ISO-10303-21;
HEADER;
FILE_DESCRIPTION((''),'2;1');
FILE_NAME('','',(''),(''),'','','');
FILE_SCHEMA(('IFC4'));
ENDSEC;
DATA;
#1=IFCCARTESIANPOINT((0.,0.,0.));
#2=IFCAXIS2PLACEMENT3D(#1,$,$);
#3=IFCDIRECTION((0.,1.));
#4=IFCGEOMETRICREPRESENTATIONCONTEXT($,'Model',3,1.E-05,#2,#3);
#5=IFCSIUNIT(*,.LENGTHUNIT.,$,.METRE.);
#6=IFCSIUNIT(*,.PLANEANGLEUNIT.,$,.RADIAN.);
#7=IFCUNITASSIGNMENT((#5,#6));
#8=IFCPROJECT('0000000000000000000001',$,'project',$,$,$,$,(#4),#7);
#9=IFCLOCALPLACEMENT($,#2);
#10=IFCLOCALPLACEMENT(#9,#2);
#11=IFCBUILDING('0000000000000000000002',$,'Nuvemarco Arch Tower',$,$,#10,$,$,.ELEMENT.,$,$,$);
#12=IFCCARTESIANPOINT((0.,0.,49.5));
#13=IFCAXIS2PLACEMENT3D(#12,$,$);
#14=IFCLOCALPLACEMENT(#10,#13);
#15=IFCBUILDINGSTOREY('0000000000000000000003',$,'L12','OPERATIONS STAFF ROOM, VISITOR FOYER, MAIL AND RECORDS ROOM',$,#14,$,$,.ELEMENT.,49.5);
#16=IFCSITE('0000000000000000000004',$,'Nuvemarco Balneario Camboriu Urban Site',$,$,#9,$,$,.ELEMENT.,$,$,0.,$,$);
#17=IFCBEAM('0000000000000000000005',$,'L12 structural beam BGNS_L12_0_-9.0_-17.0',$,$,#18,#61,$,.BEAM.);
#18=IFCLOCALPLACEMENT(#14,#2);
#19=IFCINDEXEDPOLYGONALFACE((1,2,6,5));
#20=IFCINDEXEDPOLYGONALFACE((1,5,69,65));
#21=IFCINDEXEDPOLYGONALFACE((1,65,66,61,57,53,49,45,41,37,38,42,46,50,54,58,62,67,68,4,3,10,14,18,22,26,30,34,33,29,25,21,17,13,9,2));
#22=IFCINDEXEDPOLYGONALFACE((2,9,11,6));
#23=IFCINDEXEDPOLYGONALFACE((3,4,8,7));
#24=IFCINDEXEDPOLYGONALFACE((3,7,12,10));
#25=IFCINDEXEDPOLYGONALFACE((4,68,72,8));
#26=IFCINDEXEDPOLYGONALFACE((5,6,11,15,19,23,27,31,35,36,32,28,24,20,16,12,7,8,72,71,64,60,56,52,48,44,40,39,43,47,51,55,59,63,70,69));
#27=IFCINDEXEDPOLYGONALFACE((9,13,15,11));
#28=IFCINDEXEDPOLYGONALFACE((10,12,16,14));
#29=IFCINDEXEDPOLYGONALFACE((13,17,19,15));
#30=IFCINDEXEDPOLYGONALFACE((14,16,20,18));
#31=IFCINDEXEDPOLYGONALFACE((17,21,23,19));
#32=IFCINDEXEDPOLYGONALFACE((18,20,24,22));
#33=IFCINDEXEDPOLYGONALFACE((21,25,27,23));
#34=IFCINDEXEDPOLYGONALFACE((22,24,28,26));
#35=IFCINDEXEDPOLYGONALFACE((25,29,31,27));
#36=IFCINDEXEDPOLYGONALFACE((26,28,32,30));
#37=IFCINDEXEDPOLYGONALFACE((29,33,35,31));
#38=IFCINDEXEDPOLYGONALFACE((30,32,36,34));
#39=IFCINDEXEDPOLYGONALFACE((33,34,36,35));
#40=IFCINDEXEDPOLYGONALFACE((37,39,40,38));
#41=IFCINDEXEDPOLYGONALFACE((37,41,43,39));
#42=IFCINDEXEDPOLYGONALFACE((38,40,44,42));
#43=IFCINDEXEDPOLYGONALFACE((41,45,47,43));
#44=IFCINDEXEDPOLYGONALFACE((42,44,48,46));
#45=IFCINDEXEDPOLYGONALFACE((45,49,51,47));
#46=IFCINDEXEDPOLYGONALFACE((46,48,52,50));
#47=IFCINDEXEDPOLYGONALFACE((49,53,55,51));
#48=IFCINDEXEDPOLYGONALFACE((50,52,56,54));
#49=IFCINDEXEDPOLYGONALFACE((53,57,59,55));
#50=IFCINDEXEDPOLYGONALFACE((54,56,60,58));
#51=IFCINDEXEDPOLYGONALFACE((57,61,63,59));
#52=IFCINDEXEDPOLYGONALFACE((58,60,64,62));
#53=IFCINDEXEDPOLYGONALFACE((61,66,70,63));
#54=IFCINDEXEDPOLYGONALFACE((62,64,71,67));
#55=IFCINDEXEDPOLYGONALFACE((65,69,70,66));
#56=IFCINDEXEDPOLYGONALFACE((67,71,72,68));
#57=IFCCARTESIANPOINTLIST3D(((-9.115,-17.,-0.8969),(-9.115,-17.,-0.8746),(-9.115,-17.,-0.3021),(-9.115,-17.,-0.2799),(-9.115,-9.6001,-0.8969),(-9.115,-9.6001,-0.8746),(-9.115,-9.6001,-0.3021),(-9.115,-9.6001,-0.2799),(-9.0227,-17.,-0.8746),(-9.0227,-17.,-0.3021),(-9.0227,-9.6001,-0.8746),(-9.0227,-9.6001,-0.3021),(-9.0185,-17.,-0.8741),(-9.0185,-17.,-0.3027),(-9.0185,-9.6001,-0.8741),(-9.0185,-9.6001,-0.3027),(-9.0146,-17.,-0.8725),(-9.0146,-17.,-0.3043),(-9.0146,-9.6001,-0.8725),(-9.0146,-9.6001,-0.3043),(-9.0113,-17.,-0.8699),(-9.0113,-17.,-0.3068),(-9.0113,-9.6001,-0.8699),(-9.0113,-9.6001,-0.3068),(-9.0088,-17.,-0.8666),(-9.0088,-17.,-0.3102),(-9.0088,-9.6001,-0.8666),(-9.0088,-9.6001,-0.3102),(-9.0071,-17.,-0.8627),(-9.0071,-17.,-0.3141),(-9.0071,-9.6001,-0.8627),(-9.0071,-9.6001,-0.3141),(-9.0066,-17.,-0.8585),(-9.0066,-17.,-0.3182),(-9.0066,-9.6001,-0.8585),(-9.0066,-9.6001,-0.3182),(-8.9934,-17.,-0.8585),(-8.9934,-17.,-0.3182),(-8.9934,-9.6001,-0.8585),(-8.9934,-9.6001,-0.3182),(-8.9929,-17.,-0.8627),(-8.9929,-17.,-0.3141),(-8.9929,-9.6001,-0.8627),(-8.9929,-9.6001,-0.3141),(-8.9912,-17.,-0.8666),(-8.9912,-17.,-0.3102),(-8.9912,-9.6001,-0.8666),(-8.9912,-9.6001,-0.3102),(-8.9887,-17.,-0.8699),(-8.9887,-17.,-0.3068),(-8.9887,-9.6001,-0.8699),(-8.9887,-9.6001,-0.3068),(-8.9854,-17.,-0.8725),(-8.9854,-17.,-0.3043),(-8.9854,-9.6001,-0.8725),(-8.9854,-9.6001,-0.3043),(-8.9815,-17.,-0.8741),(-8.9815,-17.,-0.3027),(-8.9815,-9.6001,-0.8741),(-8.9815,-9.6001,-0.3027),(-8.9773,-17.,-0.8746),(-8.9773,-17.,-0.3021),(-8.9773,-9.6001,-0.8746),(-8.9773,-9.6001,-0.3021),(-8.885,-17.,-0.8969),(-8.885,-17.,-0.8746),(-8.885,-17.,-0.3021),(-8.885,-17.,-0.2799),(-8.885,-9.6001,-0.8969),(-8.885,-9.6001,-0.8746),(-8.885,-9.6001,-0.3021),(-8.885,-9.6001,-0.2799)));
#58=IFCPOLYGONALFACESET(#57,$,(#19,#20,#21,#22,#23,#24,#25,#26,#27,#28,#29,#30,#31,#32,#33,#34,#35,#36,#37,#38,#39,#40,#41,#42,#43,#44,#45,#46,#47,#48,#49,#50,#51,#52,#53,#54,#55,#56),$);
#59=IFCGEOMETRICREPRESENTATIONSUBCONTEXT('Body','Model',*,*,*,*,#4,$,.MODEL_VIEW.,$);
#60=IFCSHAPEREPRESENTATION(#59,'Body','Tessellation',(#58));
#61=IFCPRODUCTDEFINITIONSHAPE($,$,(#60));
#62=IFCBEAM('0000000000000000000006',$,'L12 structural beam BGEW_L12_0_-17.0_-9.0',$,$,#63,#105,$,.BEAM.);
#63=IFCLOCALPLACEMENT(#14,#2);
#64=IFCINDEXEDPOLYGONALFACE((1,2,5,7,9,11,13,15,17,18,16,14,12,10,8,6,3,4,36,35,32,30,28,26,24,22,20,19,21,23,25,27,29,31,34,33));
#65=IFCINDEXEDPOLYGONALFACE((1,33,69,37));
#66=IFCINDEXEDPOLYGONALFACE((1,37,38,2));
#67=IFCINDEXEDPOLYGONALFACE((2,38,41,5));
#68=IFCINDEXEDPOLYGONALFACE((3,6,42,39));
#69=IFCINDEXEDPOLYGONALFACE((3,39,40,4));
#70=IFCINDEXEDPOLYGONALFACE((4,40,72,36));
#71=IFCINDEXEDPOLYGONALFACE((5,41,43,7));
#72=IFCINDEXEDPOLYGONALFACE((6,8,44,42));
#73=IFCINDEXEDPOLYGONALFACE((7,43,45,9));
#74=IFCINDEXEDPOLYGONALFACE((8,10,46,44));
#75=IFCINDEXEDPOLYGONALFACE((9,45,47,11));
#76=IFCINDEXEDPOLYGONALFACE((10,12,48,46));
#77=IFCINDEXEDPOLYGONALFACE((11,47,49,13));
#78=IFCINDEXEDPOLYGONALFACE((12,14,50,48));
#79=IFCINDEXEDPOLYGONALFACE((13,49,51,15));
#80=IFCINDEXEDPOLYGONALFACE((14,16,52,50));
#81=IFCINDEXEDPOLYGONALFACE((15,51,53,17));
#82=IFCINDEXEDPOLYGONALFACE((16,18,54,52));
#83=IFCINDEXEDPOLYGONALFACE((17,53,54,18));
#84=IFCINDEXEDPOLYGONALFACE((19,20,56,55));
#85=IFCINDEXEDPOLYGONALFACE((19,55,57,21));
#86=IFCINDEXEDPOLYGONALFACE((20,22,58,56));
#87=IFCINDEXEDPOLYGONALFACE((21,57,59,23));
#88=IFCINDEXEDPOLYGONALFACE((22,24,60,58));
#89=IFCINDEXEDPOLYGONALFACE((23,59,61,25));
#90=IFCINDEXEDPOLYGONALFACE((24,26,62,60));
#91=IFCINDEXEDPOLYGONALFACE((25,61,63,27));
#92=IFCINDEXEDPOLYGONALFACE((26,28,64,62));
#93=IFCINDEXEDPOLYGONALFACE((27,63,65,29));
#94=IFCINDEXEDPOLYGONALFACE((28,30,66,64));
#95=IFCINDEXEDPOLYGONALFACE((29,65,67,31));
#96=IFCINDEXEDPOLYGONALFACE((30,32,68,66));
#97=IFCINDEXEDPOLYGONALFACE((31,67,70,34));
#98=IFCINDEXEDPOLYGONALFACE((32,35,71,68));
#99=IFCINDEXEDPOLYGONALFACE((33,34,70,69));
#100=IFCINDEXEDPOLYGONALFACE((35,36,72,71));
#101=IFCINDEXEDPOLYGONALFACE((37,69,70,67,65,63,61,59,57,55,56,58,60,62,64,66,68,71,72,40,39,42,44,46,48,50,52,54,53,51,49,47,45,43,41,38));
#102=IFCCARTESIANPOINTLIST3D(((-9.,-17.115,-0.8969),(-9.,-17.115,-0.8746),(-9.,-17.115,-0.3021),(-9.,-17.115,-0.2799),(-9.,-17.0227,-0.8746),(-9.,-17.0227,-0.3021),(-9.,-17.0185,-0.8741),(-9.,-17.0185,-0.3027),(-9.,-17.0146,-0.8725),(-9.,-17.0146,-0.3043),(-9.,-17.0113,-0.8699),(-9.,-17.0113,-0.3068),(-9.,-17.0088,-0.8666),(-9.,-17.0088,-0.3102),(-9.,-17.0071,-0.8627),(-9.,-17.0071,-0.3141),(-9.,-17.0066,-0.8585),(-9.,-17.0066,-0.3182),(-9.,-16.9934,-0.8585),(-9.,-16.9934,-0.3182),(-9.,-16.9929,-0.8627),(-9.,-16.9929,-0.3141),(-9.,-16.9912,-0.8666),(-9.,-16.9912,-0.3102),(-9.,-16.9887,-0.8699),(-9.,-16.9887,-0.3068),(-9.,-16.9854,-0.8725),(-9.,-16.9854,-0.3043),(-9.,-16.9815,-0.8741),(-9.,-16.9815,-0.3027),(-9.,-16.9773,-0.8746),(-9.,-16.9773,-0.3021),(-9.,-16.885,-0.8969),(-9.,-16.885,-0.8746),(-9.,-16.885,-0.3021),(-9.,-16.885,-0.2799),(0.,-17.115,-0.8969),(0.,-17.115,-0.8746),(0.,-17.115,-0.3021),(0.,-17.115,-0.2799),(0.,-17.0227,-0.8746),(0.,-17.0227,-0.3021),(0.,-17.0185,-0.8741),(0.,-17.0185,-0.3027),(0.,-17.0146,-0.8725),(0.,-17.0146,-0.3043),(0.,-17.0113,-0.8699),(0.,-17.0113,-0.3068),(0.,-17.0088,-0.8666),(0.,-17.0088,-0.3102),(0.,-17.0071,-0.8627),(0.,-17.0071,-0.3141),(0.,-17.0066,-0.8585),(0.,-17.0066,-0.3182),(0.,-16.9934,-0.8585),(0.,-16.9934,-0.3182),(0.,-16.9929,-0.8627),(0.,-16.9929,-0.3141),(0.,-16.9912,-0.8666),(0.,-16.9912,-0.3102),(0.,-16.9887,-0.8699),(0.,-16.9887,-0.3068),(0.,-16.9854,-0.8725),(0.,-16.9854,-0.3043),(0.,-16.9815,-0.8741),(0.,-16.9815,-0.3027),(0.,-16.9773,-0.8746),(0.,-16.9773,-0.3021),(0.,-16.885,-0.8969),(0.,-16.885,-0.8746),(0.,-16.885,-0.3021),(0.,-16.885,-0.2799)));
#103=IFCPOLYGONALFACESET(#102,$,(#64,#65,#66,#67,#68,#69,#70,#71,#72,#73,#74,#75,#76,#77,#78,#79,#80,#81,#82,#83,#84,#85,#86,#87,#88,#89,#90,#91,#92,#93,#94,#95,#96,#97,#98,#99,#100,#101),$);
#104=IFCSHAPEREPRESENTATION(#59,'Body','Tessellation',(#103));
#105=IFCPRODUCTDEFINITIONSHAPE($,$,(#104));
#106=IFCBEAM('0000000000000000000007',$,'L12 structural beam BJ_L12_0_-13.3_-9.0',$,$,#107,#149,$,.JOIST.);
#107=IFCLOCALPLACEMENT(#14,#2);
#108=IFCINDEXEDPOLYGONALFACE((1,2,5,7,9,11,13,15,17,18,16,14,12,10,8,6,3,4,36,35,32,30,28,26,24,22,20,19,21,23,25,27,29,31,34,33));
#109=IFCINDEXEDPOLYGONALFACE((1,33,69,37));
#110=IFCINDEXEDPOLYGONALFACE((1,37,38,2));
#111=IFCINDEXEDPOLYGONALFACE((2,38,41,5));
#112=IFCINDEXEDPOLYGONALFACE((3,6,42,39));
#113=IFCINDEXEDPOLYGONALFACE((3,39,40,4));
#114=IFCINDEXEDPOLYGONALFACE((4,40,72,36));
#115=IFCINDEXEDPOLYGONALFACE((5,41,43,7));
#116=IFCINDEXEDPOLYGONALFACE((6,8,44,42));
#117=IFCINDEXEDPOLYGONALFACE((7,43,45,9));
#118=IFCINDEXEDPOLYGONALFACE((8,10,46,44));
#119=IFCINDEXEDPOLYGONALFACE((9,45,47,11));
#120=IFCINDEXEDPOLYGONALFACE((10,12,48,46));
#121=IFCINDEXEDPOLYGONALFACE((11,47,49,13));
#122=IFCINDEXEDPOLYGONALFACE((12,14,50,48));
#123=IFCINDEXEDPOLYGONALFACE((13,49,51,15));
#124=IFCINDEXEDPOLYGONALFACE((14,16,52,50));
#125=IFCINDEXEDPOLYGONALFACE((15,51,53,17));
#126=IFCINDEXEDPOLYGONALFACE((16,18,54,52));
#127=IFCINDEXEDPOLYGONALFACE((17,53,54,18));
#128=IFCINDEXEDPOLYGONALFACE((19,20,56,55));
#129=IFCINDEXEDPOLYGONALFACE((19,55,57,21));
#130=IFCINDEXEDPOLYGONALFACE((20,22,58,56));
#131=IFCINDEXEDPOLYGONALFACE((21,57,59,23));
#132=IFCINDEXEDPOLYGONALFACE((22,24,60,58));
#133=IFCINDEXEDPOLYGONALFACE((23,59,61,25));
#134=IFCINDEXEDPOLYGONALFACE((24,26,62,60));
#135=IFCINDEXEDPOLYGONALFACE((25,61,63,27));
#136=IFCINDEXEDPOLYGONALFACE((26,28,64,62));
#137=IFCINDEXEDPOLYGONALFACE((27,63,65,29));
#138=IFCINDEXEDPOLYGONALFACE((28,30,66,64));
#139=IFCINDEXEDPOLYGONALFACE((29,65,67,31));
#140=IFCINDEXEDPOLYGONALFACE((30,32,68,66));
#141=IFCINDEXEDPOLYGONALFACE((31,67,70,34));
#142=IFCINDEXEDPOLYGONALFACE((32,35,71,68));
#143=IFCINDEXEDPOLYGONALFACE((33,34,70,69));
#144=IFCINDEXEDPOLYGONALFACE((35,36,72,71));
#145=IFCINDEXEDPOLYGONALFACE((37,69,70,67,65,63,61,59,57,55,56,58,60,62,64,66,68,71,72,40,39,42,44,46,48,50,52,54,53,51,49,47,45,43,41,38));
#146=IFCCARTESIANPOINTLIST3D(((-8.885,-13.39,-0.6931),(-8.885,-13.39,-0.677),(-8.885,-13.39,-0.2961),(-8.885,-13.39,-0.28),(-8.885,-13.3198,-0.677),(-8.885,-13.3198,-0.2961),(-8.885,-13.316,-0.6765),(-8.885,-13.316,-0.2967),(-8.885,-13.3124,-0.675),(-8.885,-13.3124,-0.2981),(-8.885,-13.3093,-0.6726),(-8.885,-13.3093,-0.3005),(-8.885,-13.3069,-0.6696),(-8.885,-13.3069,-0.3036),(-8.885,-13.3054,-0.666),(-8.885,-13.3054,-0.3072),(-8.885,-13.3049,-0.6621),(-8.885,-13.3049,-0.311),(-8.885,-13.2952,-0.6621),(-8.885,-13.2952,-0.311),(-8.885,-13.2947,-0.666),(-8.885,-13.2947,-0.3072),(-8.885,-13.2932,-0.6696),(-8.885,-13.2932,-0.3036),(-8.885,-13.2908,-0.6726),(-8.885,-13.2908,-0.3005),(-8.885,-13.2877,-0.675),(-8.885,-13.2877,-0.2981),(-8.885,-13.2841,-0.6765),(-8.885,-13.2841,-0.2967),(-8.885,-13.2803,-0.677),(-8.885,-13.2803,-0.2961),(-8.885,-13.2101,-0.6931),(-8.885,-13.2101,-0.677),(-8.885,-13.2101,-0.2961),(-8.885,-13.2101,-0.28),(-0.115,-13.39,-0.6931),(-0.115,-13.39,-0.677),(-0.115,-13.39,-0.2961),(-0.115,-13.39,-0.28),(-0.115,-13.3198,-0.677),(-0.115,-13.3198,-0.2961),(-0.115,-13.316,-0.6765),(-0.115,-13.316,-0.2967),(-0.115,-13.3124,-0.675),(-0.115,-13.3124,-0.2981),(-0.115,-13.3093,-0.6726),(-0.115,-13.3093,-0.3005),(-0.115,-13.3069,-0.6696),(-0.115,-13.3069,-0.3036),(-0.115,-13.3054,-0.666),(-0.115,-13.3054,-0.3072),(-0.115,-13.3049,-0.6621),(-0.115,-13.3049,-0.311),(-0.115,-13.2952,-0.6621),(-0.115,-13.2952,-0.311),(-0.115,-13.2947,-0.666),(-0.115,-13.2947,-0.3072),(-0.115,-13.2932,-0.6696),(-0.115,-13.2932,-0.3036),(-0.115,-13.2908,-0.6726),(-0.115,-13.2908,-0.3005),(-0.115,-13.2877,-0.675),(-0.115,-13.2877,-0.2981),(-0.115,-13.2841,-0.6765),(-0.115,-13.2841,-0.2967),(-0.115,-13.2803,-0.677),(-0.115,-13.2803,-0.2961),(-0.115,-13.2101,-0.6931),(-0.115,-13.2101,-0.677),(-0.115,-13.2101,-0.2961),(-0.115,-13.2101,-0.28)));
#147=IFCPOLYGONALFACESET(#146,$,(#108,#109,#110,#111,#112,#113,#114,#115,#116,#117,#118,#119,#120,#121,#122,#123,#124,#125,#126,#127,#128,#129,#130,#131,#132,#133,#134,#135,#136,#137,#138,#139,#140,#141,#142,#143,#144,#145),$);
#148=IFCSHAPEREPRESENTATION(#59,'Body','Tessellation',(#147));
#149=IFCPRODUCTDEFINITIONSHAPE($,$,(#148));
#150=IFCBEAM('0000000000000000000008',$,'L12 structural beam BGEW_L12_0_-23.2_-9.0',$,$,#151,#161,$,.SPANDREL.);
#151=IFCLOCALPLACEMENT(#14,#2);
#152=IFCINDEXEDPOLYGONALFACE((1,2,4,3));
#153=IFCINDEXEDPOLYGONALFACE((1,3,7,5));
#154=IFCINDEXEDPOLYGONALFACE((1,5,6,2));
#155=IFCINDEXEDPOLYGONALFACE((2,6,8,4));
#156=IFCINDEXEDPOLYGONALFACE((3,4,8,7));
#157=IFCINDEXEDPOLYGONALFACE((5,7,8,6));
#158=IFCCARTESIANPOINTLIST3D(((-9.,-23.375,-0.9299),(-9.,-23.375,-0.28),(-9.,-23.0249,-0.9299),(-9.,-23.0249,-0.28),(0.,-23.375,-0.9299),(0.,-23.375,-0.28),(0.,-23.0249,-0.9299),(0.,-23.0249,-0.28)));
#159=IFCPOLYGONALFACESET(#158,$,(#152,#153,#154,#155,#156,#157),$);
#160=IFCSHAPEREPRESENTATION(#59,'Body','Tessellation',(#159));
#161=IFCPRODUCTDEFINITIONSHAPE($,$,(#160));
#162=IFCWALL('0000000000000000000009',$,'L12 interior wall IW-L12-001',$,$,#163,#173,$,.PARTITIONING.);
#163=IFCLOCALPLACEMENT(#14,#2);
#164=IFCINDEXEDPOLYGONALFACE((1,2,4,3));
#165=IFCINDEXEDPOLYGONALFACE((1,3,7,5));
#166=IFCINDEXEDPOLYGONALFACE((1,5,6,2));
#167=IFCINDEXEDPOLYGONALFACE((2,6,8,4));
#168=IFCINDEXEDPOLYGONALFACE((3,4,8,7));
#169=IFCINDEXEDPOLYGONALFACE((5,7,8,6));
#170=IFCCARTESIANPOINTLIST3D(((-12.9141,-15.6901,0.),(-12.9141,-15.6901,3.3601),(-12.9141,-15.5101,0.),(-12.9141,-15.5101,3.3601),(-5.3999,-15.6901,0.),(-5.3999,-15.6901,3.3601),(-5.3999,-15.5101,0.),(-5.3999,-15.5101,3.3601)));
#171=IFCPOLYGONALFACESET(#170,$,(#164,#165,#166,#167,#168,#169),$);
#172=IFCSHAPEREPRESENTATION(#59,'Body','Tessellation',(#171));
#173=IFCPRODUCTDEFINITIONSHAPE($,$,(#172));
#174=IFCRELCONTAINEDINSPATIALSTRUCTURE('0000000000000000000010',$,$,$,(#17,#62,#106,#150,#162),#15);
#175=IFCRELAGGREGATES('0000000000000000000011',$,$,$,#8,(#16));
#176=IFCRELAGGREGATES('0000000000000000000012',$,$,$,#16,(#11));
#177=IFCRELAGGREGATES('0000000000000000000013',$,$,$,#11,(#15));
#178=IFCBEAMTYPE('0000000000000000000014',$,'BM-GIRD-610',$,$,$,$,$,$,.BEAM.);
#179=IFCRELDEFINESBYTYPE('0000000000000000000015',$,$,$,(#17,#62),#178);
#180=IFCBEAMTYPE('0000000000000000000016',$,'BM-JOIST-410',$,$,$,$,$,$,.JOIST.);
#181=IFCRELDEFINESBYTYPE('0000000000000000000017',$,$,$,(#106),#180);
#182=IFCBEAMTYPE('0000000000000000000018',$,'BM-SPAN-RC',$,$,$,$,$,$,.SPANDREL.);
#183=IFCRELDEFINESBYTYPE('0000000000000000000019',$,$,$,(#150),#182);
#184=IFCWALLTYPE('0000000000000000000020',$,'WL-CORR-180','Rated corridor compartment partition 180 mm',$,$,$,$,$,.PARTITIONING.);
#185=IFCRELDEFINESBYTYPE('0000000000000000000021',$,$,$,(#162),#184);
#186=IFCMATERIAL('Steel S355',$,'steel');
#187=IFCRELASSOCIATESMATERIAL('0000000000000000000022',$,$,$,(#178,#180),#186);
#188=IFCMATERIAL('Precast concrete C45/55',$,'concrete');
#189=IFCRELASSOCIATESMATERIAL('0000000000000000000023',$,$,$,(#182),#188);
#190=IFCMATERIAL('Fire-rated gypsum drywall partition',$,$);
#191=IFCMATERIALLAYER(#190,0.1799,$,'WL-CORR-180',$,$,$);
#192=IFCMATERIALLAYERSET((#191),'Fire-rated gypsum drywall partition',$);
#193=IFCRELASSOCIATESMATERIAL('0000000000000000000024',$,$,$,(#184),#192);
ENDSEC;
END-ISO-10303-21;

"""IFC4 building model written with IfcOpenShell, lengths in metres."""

from ifc_helpers import new_model, si_unit, direction, frame, frame_2d, origin, origin_2d, place, context, subcontext, project, spatial, rectangle, i_section, extrude, material, layer, layer_set, material_profile, profile_set, type_object, element, save


model = new_model("IFC4")

# Units and contexts
model_context = context("Model", 3, precision=1e-05, world=origin(), true_north=direction((0.0, 1.0)))
body_context = subcontext(model_context, "Body", "Model", "MODEL_VIEW")
ifc_project = project(units=[si_unit("LENGTHUNIT", "METRE"), si_unit("PLANEANGLEUNIT", "RADIAN")], contexts=[model_context])

# Site, building, storey
site_placement = place(None, origin())
site = spatial("IfcSite", under=ifc_project, at=site_placement, Name="Nuvemarco Balneario Camboriu Urban Site", CompositionType="ELEMENT", RefElevation=0.0)
building_placement = place(site_placement, origin())
building = spatial("IfcBuilding", under=site, at=building_placement, Name="Nuvemarco Arch Tower", CompositionType="ELEMENT")
storey_placement = place(building_placement, frame((0.0, 0.0, 49.5)))
storey = spatial("IfcBuildingStorey", under=building, at=storey_placement, Name="L12", Description="OPERATIONS STAFF ROOM, VISITOR FOYER, MAIL AND RECORDS ROOM", CompositionType="ELEMENT", Elevation=49.5)

# Shared definitions
ifc_material_1 = material(Name="Steel S355", Category="steel")

# Beams
ifc_material_profile_1 = material_profile(ifc_material_1, i_section(OverallWidth=0.23, OverallDepth=0.6169, WebThickness=0.0132, FlangeThickness=0.0222, FilletRadius=0.0161, at=origin_2d()), Name="W610x140")
ifc_profile_set_1 = profile_set([ifc_material_profile_1], Name="Steel S355")
beam_type_1 = type_object("IfcBeamType", Name="BM-GIRD-610", PredefinedType="BEAM", material=ifc_profile_set_1)
beam_1_placement = place(storey_placement, frame((-9.0, -17.0, -0.5884), z_axis=(0.0, 1.0, 0.0), x_axis=(-1.0, 0.0, 0.0)))
element("IfcBeam", 1, at=beam_1_placement, inside=storey, type_object=beam_type_1, Name="L12 structural beam BGNS_L12_0_-9.0_-17.0", PredefinedType="BEAM", context=body_context, shape_type="SweptSolid", body=[
    extrude(i_section(OverallWidth=0.23, OverallDepth=0.6169, WebThickness=0.0132, FlangeThickness=0.0222, FilletRadius=0.0161, at=origin_2d()), origin(), (0.0, 0.0, 1.0), 7.3999),
])
beam_2_placement = place(storey_placement, frame((-9.0, -17.0, -0.5884), z_axis=(1.0, 0.0, 0.0), x_axis=(0.0, 1.0, 0.0)))
element("IfcBeam", 2, at=beam_2_placement, inside=storey, type_object=beam_type_1, Name="L12 structural beam BGEW_L12_0_-17.0_-9.0", PredefinedType="BEAM", context=body_context, shape_type="SweptSolid", body=[
    extrude(i_section(OverallWidth=0.23, OverallDepth=0.6169, WebThickness=0.0132, FlangeThickness=0.0222, FilletRadius=0.0161, at=origin_2d()), origin(), (0.0, 0.0, 1.0), 9.0),
])
ifc_material_profile_2 = material_profile(ifc_material_1, i_section(OverallWidth=0.1799, OverallDepth=0.4131, WebThickness=0.0098, FlangeThickness=0.0161, FilletRadius=0.0149, at=origin_2d()), Name="W410x75")
ifc_profile_set_2 = profile_set([ifc_material_profile_2], Name="Steel S355")
beam_type_2 = type_object("IfcBeamType", Name="BM-JOIST-410", PredefinedType="JOIST", material=ifc_profile_set_2)
beam_3_placement = place(storey_placement, frame((-8.885, -13.3, -0.4866), z_axis=(1.0, 0.0, 0.0), x_axis=(0.0, 1.0, 0.0)))
element("IfcBeam", 3, at=beam_3_placement, inside=storey, type_object=beam_type_2, Name="L12 structural beam BJ_L12_0_-13.3_-9.0", PredefinedType="JOIST", context=body_context, shape_type="SweptSolid", body=[
    extrude(i_section(OverallWidth=0.1799, OverallDepth=0.4131, WebThickness=0.0098, FlangeThickness=0.0161, FilletRadius=0.0149, at=origin_2d()), origin(), (0.0, 0.0, 1.0), 8.77),
])
ifc_material_2 = material(Name="Precast concrete C45/55", Category="concrete")
ifc_material_profile_3 = material_profile(ifc_material_2, rectangle(XDim=0.3501, YDim=0.6499, at=origin_2d()), Name="PC-SP-350x650")
ifc_profile_set_3 = profile_set([ifc_material_profile_3], Name="Precast concrete C45/55")
beam_type_3 = type_object("IfcBeamType", Name="BM-SPAN-RC", PredefinedType="SPANDREL", material=ifc_profile_set_3)
beam_4_placement = place(storey_placement, frame((-9.0, -23.2, -0.605), z_axis=(1.0, 0.0, 0.0), x_axis=(0.0, 1.0, 0.0)))
element("IfcBeam", 4, at=beam_4_placement, inside=storey, type_object=beam_type_3, Name="L12 structural beam BGEW_L12_0_-23.2_-9.0", PredefinedType="SPANDREL", context=body_context, shape_type="SweptSolid", body=[
    extrude(rectangle(XDim=0.3501, YDim=0.6499, at=origin_2d()), origin(), (0.0, 0.0, 1.0), 9.0),
])

# Wall
ifc_material_3 = material(Name="Fire-rated gypsum drywall partition")
ifc_layer_1 = layer(ifc_material_3, 0.1799, Name="WL-CORR-180")
ifc_layer_set_1 = layer_set([ifc_layer_1], Name="Fire-rated gypsum drywall partition")
wall_type_1 = type_object("IfcWallType", Name="WL-CORR-180", Description="Rated corridor compartment partition 180 mm", PredefinedType="PARTITIONING", material=ifc_layer_set_1)
wall_1_placement = place(storey_placement, frame((-12.9141, -15.6001, 0.0), z_axis=(0.0, 0.0, 1.0), x_axis=(1.0, 0.0, 0.0)))
element("IfcWall", 5, at=wall_1_placement, inside=storey, type_object=wall_type_1, Name="L12 interior wall IW-L12-001", PredefinedType="PARTITIONING", context=body_context, shape_type="SweptSolid", body=[
    extrude(rectangle(XDim=7.5142, YDim=0.1799, at=frame_2d((3.7571, 0.0))), origin(), (0.0, 0.0, 1.0), 3.3601),
])

save(model, "model.ifc")
